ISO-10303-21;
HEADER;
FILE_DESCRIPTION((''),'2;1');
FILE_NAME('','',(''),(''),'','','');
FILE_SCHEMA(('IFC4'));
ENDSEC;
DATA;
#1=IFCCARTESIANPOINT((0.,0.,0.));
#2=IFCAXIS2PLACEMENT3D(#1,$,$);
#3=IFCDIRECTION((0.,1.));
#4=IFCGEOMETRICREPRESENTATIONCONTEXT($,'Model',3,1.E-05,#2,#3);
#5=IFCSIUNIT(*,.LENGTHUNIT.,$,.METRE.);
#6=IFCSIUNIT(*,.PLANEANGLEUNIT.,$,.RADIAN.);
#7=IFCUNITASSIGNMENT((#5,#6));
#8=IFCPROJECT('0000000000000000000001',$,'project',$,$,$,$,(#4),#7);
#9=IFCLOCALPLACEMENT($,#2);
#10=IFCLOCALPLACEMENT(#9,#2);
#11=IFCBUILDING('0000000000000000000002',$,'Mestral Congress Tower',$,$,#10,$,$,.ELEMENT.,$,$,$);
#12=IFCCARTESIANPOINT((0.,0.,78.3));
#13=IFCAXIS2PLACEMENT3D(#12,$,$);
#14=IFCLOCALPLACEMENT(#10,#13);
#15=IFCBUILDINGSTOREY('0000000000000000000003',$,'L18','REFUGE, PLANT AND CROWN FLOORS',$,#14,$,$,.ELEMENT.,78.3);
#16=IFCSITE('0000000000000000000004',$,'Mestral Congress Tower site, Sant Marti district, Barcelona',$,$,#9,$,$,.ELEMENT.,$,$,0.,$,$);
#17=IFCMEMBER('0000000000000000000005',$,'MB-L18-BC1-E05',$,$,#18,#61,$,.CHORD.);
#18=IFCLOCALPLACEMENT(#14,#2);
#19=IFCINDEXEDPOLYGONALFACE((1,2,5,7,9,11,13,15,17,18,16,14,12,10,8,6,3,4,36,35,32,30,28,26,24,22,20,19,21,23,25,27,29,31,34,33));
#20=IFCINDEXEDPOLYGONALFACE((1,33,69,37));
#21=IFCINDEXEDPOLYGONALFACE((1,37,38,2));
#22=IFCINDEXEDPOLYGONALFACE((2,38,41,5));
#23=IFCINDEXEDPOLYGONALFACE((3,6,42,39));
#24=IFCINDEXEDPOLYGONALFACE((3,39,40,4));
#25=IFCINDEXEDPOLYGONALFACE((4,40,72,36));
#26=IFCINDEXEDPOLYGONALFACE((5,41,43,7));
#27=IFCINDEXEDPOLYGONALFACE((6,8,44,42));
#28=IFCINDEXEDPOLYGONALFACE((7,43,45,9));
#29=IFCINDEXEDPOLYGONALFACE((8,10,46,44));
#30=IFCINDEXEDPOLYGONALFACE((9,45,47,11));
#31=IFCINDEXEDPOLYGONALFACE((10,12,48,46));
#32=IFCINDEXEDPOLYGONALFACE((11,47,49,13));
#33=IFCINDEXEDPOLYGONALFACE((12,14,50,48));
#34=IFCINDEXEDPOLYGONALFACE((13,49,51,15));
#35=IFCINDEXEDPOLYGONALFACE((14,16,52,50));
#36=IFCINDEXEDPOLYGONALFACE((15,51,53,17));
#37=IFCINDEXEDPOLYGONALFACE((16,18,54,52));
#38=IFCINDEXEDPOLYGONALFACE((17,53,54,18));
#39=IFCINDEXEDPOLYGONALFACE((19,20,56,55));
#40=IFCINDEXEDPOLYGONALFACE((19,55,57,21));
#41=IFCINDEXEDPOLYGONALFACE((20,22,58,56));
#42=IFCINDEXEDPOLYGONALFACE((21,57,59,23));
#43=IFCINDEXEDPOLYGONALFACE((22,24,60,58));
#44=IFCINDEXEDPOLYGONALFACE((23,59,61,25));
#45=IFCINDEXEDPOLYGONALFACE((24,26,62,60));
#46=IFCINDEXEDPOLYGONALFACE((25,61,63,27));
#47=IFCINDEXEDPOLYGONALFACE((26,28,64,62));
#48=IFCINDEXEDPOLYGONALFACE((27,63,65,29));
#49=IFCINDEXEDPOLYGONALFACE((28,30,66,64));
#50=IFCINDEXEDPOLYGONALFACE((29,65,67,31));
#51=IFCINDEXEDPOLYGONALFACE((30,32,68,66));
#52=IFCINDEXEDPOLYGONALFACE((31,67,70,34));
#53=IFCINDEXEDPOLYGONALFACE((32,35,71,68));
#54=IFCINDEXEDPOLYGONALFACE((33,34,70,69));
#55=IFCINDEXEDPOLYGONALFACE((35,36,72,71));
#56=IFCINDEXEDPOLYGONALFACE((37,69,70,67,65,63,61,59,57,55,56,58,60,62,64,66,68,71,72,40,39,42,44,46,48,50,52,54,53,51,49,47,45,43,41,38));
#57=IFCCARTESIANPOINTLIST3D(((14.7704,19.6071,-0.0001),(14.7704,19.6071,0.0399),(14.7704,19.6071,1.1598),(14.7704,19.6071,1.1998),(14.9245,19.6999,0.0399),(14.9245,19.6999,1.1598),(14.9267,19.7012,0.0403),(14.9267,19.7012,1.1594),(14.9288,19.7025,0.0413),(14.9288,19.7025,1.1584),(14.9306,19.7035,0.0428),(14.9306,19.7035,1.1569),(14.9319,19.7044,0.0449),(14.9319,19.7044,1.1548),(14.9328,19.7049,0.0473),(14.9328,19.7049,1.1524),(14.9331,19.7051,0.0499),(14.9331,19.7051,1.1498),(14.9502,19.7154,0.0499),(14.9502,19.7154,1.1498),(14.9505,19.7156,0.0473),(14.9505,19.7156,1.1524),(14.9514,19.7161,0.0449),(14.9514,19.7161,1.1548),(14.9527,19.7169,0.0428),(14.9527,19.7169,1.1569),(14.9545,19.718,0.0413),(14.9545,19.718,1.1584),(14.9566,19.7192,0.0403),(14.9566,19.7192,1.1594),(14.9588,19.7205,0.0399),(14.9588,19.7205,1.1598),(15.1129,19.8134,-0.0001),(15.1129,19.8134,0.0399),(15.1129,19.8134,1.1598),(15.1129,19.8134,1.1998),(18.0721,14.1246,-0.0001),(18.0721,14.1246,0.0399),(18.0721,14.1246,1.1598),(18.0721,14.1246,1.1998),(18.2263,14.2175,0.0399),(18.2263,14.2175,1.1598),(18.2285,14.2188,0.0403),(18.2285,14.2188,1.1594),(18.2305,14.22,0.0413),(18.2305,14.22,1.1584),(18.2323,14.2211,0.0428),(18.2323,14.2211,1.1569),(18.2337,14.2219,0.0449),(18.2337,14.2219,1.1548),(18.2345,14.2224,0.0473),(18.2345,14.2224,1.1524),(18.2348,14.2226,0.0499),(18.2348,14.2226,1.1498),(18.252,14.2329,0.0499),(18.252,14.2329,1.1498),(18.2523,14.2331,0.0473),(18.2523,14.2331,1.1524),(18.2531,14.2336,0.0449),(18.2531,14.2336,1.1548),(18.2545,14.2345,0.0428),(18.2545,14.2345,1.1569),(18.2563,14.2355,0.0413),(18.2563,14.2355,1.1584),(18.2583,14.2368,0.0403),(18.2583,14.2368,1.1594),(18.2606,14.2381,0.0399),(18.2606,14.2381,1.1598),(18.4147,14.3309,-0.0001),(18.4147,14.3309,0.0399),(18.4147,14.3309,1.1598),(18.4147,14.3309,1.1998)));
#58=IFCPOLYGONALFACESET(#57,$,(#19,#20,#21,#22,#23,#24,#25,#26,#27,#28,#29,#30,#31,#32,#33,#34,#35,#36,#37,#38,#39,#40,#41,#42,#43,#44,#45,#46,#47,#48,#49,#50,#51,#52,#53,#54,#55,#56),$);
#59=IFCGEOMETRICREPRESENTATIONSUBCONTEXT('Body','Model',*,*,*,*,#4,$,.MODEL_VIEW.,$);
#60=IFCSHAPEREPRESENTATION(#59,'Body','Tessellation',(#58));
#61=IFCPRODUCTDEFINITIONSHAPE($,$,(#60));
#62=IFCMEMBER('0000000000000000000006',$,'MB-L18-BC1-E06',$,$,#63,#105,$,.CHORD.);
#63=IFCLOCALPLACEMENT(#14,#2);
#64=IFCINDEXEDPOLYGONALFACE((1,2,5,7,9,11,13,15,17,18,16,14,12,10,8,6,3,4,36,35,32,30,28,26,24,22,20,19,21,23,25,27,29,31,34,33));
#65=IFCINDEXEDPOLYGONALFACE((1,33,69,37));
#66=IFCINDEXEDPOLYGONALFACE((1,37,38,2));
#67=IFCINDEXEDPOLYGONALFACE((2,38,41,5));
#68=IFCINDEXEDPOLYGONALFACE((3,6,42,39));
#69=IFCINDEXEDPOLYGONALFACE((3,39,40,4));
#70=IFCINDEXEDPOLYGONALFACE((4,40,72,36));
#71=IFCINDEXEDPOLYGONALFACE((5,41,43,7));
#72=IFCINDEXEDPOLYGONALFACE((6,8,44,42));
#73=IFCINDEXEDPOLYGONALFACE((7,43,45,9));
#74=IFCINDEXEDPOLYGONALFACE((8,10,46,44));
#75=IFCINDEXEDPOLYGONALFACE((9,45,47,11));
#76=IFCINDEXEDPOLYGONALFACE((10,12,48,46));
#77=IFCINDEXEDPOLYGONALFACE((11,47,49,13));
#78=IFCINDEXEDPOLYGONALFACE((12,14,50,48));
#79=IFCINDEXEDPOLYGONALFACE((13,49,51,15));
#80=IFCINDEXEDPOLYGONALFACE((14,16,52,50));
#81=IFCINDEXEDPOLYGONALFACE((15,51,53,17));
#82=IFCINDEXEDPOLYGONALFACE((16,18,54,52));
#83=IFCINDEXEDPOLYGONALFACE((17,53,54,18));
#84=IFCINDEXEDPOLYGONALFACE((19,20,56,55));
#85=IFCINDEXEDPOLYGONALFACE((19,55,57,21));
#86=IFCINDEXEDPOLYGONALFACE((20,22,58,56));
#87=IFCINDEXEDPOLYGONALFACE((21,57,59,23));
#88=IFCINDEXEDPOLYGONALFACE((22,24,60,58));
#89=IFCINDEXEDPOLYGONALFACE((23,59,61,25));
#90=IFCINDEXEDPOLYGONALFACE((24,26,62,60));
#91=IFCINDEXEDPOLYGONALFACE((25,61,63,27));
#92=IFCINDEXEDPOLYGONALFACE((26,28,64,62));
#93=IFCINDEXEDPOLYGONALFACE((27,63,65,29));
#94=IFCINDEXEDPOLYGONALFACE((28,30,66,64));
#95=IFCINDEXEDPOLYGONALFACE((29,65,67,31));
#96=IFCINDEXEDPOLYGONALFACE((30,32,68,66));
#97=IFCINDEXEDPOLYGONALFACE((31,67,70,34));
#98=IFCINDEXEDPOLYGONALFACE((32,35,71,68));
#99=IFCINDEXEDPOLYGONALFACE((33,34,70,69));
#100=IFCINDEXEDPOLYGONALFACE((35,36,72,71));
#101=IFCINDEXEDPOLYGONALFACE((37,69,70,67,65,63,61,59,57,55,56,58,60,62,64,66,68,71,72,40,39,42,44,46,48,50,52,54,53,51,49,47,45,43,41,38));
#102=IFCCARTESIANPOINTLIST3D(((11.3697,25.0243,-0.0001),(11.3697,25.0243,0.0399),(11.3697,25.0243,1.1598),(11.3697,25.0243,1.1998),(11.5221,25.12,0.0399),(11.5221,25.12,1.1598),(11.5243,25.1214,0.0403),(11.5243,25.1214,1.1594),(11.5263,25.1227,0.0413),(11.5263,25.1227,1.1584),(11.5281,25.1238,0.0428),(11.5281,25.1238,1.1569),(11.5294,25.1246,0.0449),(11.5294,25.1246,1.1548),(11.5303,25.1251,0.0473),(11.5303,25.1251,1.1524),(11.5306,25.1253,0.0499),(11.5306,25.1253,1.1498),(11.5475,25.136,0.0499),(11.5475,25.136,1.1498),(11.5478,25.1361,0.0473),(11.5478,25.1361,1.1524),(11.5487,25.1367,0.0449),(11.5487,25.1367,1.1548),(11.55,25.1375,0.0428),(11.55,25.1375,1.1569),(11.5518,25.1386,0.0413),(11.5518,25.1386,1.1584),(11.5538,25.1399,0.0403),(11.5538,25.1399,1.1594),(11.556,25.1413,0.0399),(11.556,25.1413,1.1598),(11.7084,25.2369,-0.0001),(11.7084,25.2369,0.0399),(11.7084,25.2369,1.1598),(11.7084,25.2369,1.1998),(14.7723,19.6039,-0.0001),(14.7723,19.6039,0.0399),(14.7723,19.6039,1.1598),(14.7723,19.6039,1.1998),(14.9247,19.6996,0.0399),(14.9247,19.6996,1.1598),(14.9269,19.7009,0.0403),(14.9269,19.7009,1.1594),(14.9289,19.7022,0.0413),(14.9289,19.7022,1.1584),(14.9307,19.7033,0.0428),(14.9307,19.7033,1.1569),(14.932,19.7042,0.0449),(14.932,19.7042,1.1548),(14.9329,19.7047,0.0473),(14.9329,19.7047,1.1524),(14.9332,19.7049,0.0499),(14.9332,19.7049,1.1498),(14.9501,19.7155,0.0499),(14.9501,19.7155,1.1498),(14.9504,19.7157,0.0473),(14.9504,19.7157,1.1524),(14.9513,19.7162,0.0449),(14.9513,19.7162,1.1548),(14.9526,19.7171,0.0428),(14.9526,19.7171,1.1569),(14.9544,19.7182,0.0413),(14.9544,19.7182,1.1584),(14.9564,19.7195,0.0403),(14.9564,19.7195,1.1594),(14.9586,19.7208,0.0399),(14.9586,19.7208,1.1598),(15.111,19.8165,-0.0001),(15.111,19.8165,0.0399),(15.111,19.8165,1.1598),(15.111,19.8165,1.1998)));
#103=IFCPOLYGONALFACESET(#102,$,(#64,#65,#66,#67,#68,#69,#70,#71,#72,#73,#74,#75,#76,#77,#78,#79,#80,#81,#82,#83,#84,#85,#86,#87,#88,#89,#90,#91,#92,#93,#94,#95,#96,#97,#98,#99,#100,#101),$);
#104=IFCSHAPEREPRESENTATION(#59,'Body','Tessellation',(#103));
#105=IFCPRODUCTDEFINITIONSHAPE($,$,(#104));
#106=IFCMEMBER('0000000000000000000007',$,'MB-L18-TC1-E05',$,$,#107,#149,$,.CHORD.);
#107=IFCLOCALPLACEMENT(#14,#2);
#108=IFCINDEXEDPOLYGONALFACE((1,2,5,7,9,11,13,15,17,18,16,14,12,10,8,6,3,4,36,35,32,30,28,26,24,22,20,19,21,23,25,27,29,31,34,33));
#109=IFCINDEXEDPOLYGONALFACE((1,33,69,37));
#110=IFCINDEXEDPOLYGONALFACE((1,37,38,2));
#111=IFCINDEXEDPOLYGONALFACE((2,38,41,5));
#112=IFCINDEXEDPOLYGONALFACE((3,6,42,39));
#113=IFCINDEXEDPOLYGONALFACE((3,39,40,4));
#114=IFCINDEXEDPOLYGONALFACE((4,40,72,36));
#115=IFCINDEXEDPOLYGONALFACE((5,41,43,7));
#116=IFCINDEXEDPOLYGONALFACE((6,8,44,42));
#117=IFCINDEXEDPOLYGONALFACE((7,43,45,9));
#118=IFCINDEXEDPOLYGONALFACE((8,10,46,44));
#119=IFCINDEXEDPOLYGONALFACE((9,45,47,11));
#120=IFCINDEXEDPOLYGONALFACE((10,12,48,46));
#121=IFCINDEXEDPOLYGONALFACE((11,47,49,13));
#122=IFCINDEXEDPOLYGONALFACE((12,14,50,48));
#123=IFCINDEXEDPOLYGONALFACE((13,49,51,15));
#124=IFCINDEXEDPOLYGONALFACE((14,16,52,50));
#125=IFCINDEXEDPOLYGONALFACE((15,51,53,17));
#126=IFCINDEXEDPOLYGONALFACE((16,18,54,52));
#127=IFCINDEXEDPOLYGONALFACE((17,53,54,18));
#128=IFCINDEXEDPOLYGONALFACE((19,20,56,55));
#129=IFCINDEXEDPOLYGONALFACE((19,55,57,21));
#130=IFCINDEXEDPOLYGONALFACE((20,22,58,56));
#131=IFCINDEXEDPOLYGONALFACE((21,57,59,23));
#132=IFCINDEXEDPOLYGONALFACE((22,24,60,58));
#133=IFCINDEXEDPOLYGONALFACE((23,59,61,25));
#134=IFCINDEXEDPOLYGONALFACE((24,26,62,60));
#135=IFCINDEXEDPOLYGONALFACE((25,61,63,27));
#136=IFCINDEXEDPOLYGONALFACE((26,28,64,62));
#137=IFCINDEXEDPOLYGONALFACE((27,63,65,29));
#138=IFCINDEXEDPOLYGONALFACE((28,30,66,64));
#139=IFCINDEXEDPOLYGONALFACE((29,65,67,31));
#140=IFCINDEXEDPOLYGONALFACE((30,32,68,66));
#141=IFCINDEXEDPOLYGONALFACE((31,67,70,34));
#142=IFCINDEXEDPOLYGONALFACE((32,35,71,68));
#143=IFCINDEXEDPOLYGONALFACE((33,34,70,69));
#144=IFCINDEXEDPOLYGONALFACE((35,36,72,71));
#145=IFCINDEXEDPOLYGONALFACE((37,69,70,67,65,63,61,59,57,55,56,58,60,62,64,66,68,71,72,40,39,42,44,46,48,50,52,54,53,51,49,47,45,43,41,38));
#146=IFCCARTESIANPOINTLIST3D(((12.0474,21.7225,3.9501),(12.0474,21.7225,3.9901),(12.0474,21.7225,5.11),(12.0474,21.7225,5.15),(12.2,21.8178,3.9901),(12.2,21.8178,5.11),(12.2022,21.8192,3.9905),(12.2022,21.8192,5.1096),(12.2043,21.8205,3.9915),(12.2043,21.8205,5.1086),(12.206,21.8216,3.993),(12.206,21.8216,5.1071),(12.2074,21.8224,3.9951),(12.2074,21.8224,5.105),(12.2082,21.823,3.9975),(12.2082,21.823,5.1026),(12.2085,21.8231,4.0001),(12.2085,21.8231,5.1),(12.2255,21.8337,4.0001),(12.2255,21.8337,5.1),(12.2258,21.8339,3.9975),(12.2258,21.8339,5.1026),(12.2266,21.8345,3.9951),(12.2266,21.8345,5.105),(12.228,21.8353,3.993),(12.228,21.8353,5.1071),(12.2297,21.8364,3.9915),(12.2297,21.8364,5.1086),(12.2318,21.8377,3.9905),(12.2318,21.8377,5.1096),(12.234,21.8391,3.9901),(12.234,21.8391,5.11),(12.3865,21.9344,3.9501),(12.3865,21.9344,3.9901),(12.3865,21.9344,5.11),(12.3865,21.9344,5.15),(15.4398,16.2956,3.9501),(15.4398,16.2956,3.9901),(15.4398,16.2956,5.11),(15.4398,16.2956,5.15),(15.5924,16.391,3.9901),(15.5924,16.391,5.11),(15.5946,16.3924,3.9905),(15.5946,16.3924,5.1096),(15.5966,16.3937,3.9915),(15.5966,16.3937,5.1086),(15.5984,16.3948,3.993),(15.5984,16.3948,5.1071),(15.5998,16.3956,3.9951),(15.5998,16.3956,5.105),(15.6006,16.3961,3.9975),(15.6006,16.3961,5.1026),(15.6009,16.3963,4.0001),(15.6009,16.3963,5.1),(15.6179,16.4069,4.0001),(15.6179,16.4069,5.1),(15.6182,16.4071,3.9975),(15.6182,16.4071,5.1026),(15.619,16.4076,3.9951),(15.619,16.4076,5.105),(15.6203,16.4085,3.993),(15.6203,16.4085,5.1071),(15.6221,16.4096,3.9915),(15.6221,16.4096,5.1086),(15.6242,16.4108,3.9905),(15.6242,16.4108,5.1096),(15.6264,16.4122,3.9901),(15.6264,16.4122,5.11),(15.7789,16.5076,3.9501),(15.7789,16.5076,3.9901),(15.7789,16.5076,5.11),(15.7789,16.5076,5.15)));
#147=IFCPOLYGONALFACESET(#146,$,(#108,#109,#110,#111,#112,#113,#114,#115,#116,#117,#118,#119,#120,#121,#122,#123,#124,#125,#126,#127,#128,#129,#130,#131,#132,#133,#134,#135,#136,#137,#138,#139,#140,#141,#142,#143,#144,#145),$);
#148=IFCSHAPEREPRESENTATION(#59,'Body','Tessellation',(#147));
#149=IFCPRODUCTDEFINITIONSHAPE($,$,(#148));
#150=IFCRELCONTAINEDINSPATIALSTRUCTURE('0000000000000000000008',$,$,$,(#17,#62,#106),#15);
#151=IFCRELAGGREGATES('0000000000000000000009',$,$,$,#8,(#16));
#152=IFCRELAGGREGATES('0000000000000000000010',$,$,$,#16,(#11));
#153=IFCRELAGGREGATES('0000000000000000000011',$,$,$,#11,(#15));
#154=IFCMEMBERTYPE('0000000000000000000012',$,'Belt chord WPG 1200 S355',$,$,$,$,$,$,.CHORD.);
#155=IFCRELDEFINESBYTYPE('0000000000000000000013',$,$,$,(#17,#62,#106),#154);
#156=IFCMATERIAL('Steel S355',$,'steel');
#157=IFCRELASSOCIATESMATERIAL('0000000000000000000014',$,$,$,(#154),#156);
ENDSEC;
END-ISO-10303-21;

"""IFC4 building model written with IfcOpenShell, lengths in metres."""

from ifc_helpers import new_model, si_unit, direction, frame, origin, origin_2d, place, context, subcontext, project, spatial, i_section, extrude, material, material_profile, profile_set, type_object, element, save


model = new_model("IFC4")

# Units and contexts
model_context = context("Model", 3, precision=1e-05, world=origin(), true_north=direction((0.0, 1.0)))
body_context = subcontext(model_context, "Body", "Model", "MODEL_VIEW")
ifc_project = project(units=[si_unit("LENGTHUNIT", "METRE"), si_unit("PLANEANGLEUNIT", "RADIAN")], contexts=[model_context])

# Site, building, storey
site_placement = place(None, origin())
site = spatial("IfcSite", under=ifc_project, at=site_placement, Name="Mestral Congress Tower site, Sant Marti district, Barcelona", CompositionType="ELEMENT", RefElevation=0.0)
building_placement = place(site_placement, origin())
building = spatial("IfcBuilding", under=site, at=building_placement, Name="Mestral Congress Tower", CompositionType="ELEMENT")
storey_placement = place(building_placement, frame((0.0, 0.0, 78.3)))
storey = spatial("IfcBuildingStorey", under=building, at=storey_placement, Name="L18", Description="REFUGE, PLANT AND CROWN FLOORS", CompositionType="ELEMENT", Elevation=78.3)

# Members
ifc_material_1 = material(Name="Steel S355", Category="steel")
ifc_material_profile_1 = material_profile(ifc_material_1, i_section(OverallWidth=0.3999, OverallDepth=1.2, WebThickness=0.02, FlangeThickness=0.04, FilletRadius=0.01, at=origin_2d()), Name="WPG 1200")
ifc_profile_set_1 = profile_set([ifc_material_profile_1], Name="Steel S355")
member_type_1 = type_object("IfcMemberType", Name="Belt chord WPG 1200 S355", PredefinedType="CHORD", material=ifc_profile_set_1)
for number, where, z_axis, x_axis, name in (
    (1, (18.2434, 14.2278, 0.5999), (-0.515909, 0.856644, 0.0), (-0.856644, -0.515909, 0.0), "MB-L18-BC1-E05"),
    (2, (14.9417, 19.7102, 0.5999), (-0.531664, 0.846955, 0.0), (-0.846955, -0.531664, 0.0), "MB-L18-BC1-E06"),
    (3, (15.6094, 16.4016, 4.55), (-0.530068, 0.847955, 0.0), (-0.847955, -0.530068, 0.0), "MB-L18-TC1-E05"),
):
    element("IfcMember", number, at=place(storey_placement, frame(where, z_axis=z_axis, x_axis=x_axis)), inside=storey, type_object=member_type_1, Name=name, PredefinedType="CHORD", context=body_context, shape_type="SweptSolid", body=[
        extrude(i_section(OverallWidth=0.3999, OverallDepth=1.2, WebThickness=0.02, FlangeThickness=0.04, FilletRadius=0.01, at=origin_2d()), origin(), (0.0, 0.0, 1.0), 6.3999),
    ])

save(model, "model.ifc")
